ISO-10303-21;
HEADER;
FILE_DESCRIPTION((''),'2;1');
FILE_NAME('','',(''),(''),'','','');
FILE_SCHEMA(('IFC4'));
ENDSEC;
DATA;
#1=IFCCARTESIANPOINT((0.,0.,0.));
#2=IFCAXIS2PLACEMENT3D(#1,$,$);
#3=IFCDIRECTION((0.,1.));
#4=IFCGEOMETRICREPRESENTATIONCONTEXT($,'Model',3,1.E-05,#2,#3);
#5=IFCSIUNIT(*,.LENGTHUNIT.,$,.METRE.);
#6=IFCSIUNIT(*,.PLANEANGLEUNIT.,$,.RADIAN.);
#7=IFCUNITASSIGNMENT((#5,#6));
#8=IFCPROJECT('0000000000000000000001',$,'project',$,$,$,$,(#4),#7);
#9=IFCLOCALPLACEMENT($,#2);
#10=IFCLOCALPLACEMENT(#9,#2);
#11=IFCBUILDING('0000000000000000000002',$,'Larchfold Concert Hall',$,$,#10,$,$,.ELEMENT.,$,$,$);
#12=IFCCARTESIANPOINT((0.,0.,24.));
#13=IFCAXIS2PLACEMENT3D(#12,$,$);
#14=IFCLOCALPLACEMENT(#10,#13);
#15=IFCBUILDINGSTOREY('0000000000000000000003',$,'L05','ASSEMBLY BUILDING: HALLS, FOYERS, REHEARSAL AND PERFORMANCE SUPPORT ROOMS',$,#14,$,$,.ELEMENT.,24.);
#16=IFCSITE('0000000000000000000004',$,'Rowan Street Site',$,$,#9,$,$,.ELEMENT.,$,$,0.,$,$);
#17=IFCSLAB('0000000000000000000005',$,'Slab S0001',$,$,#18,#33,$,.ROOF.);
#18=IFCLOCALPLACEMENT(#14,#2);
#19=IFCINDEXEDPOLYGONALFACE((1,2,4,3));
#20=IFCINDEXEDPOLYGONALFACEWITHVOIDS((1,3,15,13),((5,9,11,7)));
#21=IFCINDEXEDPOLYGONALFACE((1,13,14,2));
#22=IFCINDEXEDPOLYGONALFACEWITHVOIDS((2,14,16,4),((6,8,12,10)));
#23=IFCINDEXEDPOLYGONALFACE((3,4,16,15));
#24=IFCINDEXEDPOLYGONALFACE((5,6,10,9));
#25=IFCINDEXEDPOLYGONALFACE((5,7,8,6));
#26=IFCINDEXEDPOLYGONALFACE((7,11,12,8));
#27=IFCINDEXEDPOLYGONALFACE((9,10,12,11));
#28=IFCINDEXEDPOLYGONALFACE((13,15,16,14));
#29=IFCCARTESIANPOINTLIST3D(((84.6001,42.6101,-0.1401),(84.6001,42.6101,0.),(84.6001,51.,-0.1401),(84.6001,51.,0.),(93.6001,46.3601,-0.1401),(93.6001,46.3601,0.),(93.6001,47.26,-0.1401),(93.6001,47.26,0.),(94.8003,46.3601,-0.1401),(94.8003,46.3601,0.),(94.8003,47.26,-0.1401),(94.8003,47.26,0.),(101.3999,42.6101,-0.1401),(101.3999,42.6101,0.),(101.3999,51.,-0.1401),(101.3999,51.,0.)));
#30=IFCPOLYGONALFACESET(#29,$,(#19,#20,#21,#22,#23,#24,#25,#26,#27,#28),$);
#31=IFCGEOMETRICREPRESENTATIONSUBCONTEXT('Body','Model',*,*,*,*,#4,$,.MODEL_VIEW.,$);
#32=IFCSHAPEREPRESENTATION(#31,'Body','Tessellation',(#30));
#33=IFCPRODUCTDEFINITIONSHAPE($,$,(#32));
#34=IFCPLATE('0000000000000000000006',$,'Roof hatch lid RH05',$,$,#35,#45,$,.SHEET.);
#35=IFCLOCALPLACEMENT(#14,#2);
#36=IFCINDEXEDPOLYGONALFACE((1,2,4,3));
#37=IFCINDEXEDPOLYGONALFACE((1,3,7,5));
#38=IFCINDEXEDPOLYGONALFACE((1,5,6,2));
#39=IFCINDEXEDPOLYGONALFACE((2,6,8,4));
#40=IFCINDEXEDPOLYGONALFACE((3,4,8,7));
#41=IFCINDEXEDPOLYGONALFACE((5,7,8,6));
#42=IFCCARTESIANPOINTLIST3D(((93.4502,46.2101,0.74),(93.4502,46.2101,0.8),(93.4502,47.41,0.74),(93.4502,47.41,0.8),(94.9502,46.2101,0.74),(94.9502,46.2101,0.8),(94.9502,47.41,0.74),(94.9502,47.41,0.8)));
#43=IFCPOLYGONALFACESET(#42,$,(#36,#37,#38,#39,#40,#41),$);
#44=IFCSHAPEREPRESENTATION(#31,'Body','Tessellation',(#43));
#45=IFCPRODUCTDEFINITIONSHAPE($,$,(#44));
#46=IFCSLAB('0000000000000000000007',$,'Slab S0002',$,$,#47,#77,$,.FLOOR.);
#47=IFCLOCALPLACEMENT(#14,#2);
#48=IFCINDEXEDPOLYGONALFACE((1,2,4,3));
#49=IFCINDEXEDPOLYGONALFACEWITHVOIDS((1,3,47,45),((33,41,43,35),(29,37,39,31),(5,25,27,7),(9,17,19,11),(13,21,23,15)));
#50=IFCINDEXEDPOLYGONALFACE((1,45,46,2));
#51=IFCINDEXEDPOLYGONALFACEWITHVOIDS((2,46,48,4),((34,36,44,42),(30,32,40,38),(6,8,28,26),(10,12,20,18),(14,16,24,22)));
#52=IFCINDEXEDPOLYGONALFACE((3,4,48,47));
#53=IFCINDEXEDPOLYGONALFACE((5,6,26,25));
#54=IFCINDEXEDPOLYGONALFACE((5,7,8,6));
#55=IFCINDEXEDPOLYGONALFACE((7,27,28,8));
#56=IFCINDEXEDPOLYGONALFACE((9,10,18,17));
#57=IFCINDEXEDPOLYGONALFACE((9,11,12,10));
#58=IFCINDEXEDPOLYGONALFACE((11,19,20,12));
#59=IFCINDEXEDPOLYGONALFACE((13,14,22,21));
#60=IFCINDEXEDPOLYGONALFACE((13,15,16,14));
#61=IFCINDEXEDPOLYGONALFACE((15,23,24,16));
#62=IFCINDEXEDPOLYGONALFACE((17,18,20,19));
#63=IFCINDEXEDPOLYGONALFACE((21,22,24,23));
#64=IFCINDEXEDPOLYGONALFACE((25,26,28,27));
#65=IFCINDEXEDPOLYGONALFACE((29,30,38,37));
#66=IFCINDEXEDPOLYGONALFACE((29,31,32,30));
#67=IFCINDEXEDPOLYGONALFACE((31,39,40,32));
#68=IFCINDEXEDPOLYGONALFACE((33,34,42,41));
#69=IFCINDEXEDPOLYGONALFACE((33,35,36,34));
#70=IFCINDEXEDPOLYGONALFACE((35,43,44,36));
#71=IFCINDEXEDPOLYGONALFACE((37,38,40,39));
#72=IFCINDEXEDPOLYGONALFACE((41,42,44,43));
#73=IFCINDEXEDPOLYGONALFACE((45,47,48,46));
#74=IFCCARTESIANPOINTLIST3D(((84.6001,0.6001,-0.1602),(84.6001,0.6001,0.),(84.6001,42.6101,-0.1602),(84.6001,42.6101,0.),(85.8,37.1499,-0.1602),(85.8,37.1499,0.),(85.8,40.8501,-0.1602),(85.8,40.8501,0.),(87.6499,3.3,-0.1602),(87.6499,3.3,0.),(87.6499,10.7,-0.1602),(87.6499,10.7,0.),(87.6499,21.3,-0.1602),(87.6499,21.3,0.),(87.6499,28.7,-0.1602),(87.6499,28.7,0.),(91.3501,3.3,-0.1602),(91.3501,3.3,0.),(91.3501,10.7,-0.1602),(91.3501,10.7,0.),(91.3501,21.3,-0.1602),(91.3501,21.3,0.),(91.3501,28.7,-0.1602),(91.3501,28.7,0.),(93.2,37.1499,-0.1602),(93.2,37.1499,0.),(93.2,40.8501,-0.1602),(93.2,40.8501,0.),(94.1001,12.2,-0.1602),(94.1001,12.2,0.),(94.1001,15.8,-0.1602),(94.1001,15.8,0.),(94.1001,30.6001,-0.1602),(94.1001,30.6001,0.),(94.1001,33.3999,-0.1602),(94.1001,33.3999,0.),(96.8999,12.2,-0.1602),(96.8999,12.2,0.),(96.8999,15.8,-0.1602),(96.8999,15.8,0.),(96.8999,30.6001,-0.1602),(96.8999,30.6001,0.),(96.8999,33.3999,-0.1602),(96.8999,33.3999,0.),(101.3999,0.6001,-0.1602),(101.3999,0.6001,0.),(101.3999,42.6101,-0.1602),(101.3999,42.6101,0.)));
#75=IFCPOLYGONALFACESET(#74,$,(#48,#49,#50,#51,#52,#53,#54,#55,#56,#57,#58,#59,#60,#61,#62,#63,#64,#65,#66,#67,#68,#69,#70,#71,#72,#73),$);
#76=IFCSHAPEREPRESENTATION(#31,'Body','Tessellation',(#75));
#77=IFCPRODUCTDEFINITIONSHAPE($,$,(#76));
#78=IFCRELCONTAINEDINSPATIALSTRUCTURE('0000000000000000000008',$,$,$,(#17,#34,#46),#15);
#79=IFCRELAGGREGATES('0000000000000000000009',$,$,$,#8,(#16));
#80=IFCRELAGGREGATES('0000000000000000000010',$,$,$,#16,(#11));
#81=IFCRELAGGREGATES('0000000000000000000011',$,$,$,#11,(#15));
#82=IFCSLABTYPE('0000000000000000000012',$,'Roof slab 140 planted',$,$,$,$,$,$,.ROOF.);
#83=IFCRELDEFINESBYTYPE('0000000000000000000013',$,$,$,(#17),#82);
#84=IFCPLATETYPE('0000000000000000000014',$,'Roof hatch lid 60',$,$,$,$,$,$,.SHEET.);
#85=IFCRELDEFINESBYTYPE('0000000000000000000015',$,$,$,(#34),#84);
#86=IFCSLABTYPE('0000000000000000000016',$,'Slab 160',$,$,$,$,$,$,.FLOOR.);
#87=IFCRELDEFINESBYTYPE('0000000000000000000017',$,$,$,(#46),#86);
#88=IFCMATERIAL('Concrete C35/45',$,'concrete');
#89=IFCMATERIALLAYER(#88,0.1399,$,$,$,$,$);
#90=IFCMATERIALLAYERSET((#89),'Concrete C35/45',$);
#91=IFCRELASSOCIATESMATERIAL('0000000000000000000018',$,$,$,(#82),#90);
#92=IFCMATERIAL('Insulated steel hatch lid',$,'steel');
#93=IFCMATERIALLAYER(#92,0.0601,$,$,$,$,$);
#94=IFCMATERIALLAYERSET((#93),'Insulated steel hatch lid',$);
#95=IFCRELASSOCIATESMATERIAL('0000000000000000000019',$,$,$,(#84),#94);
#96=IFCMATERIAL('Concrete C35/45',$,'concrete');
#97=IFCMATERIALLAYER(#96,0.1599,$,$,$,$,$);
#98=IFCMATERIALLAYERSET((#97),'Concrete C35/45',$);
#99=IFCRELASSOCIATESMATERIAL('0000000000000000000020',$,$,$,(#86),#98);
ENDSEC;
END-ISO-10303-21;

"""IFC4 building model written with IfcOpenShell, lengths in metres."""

from ifc_helpers import new_model, si_unit, direction, frame, origin, origin_2d, place, context, subcontext, project, spatial, polyline, rectangle, outline, extrude, material, layer, layer_set, type_object, element, fill, save


model = new_model("IFC4")

# Units and contexts
model_context = context("Model", 3, precision=1e-05, world=origin(), true_north=direction((0.0, 1.0)))
body_context = subcontext(model_context, "Body", "Model", "MODEL_VIEW")
ifc_project = project(units=[si_unit("LENGTHUNIT", "METRE"), si_unit("PLANEANGLEUNIT", "RADIAN")], contexts=[model_context])

# Site, building, storey
site_placement = place(None, origin())
site = spatial("IfcSite", under=ifc_project, at=site_placement, Name="Rowan Street Site", CompositionType="ELEMENT", RefElevation=0.0)
building_placement = place(site_placement, origin())
building = spatial("IfcBuilding", under=site, at=building_placement, Name="Larchfold Concert Hall", CompositionType="ELEMENT")
storey_placement = place(building_placement, frame((0.0, 0.0, 24.0)))
storey = spatial("IfcBuildingStorey", under=building, at=storey_placement, Name="L05", Description="ASSEMBLY BUILDING: HALLS, FOYERS, REHEARSAL AND PERFORMANCE SUPPORT ROOMS", CompositionType="ELEMENT", Elevation=24.0)

# Slab, opening, plate
ifc_material_1 = material(Name="Concrete C35/45", Category="concrete")
ifc_layer_1 = layer(ifc_material_1, 0.1399)
ifc_layer_set_1 = layer_set([ifc_layer_1], Name="Concrete C35/45")
slab_type_1 = type_object("IfcSlabType", Name="Roof slab 140 planted", PredefinedType="ROOF", material=ifc_layer_set_1)
slab_1_placement = place(storey_placement, frame((0.0, 0.0, -0.1401)))
slab_1 = element("IfcSlab", 1, at=slab_1_placement, inside=storey, type_object=slab_type_1, Name="Slab S0001", PredefinedType="ROOF", context=body_context, shape_type="SweptSolid", body=[
    extrude(outline(polyline([(84.6001, 51.0), (84.6001, 42.6101), (101.3999, 42.6101), (101.3999, 51.0), (84.6001, 51.0)])), origin(), (0.0, 0.0, 1.0), 0.1401),
])
opening_placement = place(storey_placement, frame((0.0, 0.0, -0.1501)))
opening = element("IfcOpeningElement", 2, at=opening_placement, cuts=slab_1, PredefinedType="OPENING", context=body_context, shape_type="SweptSolid", body=[
    extrude(outline(polyline([(94.8003, 46.3601), (94.8003, 47.26), (93.6001, 47.26), (93.6001, 46.3601), (94.8003, 46.3601)])), origin(), (0.0, 0.0, 1.0), 0.1602),
])
ifc_material_2 = material(Name="Insulated steel hatch lid", Category="steel")
ifc_layer_2 = layer(ifc_material_2, 0.0601)
ifc_layer_set_2 = layer_set([ifc_layer_2], Name="Insulated steel hatch lid")
plate_type = type_object("IfcPlateType", Name="Roof hatch lid 60", PredefinedType="SHEET", material=ifc_layer_set_2)
plate_placement = place(storey_placement, frame((94.2002, 46.8101, 0.74), z_axis=(0.0, 0.0, 1.0), x_axis=(1.0, 0.0, 0.0)))
plate = element("IfcPlate", 3, at=plate_placement, inside=storey, type_object=plate_type, Name="Roof hatch lid RH05", PredefinedType="SHEET", context=body_context, shape_type="SweptSolid", body=[
    extrude(rectangle(XDim=1.5, YDim=1.2, at=origin_2d()), origin(), (0.0, 0.0, 1.0), 0.0601),
])
fill(opening, plate)

# Slab
ifc_material_3 = material(Name="Concrete C35/45", Category="concrete")
ifc_layer_3 = layer(ifc_material_3, 0.1599)
ifc_layer_set_3 = layer_set([ifc_layer_3], Name="Concrete C35/45")
slab_type_2 = type_object("IfcSlabType", Name="Slab 160", PredefinedType="FLOOR", material=ifc_layer_set_3)
slab_2_placement = place(storey_placement, frame((0.0, 0.0, -0.1602)))
element("IfcSlab", 4, at=slab_2_placement, inside=storey, type_object=slab_type_2, Name="Slab S0002", PredefinedType="FLOOR", context=body_context, shape_type="SweptSolid", body=[
    extrude(outline(polyline([(84.6001, 42.6101), (84.6001, 0.6001), (101.3999, 0.6001), (101.3999, 42.6101), (84.6001, 42.6101)]), holes=[polyline([(91.3501, 3.3), (87.6499, 3.3), (87.6499, 10.7), (91.3501, 10.7), (91.3501, 3.3)]), polyline([(96.8999, 12.2), (94.1001, 12.2), (94.1001, 15.8), (96.8999, 15.8), (96.8999, 12.2)]), polyline([(91.3501, 21.3), (87.6499, 21.3), (87.6499, 28.7), (91.3501, 28.7), (91.3501, 21.3)]), polyline([(94.1001, 30.6001), (94.1001, 33.3999), (96.8999, 33.3999), (96.8999, 30.6001), (94.1001, 30.6001)]), polyline([(85.8, 37.1499), (85.8, 40.8501), (93.2, 40.8501), (93.2, 37.1499), (85.8, 37.1499)])]), origin(), (0.0, 0.0, 1.0), 0.1602),
])

save(model, "model.ifc")
